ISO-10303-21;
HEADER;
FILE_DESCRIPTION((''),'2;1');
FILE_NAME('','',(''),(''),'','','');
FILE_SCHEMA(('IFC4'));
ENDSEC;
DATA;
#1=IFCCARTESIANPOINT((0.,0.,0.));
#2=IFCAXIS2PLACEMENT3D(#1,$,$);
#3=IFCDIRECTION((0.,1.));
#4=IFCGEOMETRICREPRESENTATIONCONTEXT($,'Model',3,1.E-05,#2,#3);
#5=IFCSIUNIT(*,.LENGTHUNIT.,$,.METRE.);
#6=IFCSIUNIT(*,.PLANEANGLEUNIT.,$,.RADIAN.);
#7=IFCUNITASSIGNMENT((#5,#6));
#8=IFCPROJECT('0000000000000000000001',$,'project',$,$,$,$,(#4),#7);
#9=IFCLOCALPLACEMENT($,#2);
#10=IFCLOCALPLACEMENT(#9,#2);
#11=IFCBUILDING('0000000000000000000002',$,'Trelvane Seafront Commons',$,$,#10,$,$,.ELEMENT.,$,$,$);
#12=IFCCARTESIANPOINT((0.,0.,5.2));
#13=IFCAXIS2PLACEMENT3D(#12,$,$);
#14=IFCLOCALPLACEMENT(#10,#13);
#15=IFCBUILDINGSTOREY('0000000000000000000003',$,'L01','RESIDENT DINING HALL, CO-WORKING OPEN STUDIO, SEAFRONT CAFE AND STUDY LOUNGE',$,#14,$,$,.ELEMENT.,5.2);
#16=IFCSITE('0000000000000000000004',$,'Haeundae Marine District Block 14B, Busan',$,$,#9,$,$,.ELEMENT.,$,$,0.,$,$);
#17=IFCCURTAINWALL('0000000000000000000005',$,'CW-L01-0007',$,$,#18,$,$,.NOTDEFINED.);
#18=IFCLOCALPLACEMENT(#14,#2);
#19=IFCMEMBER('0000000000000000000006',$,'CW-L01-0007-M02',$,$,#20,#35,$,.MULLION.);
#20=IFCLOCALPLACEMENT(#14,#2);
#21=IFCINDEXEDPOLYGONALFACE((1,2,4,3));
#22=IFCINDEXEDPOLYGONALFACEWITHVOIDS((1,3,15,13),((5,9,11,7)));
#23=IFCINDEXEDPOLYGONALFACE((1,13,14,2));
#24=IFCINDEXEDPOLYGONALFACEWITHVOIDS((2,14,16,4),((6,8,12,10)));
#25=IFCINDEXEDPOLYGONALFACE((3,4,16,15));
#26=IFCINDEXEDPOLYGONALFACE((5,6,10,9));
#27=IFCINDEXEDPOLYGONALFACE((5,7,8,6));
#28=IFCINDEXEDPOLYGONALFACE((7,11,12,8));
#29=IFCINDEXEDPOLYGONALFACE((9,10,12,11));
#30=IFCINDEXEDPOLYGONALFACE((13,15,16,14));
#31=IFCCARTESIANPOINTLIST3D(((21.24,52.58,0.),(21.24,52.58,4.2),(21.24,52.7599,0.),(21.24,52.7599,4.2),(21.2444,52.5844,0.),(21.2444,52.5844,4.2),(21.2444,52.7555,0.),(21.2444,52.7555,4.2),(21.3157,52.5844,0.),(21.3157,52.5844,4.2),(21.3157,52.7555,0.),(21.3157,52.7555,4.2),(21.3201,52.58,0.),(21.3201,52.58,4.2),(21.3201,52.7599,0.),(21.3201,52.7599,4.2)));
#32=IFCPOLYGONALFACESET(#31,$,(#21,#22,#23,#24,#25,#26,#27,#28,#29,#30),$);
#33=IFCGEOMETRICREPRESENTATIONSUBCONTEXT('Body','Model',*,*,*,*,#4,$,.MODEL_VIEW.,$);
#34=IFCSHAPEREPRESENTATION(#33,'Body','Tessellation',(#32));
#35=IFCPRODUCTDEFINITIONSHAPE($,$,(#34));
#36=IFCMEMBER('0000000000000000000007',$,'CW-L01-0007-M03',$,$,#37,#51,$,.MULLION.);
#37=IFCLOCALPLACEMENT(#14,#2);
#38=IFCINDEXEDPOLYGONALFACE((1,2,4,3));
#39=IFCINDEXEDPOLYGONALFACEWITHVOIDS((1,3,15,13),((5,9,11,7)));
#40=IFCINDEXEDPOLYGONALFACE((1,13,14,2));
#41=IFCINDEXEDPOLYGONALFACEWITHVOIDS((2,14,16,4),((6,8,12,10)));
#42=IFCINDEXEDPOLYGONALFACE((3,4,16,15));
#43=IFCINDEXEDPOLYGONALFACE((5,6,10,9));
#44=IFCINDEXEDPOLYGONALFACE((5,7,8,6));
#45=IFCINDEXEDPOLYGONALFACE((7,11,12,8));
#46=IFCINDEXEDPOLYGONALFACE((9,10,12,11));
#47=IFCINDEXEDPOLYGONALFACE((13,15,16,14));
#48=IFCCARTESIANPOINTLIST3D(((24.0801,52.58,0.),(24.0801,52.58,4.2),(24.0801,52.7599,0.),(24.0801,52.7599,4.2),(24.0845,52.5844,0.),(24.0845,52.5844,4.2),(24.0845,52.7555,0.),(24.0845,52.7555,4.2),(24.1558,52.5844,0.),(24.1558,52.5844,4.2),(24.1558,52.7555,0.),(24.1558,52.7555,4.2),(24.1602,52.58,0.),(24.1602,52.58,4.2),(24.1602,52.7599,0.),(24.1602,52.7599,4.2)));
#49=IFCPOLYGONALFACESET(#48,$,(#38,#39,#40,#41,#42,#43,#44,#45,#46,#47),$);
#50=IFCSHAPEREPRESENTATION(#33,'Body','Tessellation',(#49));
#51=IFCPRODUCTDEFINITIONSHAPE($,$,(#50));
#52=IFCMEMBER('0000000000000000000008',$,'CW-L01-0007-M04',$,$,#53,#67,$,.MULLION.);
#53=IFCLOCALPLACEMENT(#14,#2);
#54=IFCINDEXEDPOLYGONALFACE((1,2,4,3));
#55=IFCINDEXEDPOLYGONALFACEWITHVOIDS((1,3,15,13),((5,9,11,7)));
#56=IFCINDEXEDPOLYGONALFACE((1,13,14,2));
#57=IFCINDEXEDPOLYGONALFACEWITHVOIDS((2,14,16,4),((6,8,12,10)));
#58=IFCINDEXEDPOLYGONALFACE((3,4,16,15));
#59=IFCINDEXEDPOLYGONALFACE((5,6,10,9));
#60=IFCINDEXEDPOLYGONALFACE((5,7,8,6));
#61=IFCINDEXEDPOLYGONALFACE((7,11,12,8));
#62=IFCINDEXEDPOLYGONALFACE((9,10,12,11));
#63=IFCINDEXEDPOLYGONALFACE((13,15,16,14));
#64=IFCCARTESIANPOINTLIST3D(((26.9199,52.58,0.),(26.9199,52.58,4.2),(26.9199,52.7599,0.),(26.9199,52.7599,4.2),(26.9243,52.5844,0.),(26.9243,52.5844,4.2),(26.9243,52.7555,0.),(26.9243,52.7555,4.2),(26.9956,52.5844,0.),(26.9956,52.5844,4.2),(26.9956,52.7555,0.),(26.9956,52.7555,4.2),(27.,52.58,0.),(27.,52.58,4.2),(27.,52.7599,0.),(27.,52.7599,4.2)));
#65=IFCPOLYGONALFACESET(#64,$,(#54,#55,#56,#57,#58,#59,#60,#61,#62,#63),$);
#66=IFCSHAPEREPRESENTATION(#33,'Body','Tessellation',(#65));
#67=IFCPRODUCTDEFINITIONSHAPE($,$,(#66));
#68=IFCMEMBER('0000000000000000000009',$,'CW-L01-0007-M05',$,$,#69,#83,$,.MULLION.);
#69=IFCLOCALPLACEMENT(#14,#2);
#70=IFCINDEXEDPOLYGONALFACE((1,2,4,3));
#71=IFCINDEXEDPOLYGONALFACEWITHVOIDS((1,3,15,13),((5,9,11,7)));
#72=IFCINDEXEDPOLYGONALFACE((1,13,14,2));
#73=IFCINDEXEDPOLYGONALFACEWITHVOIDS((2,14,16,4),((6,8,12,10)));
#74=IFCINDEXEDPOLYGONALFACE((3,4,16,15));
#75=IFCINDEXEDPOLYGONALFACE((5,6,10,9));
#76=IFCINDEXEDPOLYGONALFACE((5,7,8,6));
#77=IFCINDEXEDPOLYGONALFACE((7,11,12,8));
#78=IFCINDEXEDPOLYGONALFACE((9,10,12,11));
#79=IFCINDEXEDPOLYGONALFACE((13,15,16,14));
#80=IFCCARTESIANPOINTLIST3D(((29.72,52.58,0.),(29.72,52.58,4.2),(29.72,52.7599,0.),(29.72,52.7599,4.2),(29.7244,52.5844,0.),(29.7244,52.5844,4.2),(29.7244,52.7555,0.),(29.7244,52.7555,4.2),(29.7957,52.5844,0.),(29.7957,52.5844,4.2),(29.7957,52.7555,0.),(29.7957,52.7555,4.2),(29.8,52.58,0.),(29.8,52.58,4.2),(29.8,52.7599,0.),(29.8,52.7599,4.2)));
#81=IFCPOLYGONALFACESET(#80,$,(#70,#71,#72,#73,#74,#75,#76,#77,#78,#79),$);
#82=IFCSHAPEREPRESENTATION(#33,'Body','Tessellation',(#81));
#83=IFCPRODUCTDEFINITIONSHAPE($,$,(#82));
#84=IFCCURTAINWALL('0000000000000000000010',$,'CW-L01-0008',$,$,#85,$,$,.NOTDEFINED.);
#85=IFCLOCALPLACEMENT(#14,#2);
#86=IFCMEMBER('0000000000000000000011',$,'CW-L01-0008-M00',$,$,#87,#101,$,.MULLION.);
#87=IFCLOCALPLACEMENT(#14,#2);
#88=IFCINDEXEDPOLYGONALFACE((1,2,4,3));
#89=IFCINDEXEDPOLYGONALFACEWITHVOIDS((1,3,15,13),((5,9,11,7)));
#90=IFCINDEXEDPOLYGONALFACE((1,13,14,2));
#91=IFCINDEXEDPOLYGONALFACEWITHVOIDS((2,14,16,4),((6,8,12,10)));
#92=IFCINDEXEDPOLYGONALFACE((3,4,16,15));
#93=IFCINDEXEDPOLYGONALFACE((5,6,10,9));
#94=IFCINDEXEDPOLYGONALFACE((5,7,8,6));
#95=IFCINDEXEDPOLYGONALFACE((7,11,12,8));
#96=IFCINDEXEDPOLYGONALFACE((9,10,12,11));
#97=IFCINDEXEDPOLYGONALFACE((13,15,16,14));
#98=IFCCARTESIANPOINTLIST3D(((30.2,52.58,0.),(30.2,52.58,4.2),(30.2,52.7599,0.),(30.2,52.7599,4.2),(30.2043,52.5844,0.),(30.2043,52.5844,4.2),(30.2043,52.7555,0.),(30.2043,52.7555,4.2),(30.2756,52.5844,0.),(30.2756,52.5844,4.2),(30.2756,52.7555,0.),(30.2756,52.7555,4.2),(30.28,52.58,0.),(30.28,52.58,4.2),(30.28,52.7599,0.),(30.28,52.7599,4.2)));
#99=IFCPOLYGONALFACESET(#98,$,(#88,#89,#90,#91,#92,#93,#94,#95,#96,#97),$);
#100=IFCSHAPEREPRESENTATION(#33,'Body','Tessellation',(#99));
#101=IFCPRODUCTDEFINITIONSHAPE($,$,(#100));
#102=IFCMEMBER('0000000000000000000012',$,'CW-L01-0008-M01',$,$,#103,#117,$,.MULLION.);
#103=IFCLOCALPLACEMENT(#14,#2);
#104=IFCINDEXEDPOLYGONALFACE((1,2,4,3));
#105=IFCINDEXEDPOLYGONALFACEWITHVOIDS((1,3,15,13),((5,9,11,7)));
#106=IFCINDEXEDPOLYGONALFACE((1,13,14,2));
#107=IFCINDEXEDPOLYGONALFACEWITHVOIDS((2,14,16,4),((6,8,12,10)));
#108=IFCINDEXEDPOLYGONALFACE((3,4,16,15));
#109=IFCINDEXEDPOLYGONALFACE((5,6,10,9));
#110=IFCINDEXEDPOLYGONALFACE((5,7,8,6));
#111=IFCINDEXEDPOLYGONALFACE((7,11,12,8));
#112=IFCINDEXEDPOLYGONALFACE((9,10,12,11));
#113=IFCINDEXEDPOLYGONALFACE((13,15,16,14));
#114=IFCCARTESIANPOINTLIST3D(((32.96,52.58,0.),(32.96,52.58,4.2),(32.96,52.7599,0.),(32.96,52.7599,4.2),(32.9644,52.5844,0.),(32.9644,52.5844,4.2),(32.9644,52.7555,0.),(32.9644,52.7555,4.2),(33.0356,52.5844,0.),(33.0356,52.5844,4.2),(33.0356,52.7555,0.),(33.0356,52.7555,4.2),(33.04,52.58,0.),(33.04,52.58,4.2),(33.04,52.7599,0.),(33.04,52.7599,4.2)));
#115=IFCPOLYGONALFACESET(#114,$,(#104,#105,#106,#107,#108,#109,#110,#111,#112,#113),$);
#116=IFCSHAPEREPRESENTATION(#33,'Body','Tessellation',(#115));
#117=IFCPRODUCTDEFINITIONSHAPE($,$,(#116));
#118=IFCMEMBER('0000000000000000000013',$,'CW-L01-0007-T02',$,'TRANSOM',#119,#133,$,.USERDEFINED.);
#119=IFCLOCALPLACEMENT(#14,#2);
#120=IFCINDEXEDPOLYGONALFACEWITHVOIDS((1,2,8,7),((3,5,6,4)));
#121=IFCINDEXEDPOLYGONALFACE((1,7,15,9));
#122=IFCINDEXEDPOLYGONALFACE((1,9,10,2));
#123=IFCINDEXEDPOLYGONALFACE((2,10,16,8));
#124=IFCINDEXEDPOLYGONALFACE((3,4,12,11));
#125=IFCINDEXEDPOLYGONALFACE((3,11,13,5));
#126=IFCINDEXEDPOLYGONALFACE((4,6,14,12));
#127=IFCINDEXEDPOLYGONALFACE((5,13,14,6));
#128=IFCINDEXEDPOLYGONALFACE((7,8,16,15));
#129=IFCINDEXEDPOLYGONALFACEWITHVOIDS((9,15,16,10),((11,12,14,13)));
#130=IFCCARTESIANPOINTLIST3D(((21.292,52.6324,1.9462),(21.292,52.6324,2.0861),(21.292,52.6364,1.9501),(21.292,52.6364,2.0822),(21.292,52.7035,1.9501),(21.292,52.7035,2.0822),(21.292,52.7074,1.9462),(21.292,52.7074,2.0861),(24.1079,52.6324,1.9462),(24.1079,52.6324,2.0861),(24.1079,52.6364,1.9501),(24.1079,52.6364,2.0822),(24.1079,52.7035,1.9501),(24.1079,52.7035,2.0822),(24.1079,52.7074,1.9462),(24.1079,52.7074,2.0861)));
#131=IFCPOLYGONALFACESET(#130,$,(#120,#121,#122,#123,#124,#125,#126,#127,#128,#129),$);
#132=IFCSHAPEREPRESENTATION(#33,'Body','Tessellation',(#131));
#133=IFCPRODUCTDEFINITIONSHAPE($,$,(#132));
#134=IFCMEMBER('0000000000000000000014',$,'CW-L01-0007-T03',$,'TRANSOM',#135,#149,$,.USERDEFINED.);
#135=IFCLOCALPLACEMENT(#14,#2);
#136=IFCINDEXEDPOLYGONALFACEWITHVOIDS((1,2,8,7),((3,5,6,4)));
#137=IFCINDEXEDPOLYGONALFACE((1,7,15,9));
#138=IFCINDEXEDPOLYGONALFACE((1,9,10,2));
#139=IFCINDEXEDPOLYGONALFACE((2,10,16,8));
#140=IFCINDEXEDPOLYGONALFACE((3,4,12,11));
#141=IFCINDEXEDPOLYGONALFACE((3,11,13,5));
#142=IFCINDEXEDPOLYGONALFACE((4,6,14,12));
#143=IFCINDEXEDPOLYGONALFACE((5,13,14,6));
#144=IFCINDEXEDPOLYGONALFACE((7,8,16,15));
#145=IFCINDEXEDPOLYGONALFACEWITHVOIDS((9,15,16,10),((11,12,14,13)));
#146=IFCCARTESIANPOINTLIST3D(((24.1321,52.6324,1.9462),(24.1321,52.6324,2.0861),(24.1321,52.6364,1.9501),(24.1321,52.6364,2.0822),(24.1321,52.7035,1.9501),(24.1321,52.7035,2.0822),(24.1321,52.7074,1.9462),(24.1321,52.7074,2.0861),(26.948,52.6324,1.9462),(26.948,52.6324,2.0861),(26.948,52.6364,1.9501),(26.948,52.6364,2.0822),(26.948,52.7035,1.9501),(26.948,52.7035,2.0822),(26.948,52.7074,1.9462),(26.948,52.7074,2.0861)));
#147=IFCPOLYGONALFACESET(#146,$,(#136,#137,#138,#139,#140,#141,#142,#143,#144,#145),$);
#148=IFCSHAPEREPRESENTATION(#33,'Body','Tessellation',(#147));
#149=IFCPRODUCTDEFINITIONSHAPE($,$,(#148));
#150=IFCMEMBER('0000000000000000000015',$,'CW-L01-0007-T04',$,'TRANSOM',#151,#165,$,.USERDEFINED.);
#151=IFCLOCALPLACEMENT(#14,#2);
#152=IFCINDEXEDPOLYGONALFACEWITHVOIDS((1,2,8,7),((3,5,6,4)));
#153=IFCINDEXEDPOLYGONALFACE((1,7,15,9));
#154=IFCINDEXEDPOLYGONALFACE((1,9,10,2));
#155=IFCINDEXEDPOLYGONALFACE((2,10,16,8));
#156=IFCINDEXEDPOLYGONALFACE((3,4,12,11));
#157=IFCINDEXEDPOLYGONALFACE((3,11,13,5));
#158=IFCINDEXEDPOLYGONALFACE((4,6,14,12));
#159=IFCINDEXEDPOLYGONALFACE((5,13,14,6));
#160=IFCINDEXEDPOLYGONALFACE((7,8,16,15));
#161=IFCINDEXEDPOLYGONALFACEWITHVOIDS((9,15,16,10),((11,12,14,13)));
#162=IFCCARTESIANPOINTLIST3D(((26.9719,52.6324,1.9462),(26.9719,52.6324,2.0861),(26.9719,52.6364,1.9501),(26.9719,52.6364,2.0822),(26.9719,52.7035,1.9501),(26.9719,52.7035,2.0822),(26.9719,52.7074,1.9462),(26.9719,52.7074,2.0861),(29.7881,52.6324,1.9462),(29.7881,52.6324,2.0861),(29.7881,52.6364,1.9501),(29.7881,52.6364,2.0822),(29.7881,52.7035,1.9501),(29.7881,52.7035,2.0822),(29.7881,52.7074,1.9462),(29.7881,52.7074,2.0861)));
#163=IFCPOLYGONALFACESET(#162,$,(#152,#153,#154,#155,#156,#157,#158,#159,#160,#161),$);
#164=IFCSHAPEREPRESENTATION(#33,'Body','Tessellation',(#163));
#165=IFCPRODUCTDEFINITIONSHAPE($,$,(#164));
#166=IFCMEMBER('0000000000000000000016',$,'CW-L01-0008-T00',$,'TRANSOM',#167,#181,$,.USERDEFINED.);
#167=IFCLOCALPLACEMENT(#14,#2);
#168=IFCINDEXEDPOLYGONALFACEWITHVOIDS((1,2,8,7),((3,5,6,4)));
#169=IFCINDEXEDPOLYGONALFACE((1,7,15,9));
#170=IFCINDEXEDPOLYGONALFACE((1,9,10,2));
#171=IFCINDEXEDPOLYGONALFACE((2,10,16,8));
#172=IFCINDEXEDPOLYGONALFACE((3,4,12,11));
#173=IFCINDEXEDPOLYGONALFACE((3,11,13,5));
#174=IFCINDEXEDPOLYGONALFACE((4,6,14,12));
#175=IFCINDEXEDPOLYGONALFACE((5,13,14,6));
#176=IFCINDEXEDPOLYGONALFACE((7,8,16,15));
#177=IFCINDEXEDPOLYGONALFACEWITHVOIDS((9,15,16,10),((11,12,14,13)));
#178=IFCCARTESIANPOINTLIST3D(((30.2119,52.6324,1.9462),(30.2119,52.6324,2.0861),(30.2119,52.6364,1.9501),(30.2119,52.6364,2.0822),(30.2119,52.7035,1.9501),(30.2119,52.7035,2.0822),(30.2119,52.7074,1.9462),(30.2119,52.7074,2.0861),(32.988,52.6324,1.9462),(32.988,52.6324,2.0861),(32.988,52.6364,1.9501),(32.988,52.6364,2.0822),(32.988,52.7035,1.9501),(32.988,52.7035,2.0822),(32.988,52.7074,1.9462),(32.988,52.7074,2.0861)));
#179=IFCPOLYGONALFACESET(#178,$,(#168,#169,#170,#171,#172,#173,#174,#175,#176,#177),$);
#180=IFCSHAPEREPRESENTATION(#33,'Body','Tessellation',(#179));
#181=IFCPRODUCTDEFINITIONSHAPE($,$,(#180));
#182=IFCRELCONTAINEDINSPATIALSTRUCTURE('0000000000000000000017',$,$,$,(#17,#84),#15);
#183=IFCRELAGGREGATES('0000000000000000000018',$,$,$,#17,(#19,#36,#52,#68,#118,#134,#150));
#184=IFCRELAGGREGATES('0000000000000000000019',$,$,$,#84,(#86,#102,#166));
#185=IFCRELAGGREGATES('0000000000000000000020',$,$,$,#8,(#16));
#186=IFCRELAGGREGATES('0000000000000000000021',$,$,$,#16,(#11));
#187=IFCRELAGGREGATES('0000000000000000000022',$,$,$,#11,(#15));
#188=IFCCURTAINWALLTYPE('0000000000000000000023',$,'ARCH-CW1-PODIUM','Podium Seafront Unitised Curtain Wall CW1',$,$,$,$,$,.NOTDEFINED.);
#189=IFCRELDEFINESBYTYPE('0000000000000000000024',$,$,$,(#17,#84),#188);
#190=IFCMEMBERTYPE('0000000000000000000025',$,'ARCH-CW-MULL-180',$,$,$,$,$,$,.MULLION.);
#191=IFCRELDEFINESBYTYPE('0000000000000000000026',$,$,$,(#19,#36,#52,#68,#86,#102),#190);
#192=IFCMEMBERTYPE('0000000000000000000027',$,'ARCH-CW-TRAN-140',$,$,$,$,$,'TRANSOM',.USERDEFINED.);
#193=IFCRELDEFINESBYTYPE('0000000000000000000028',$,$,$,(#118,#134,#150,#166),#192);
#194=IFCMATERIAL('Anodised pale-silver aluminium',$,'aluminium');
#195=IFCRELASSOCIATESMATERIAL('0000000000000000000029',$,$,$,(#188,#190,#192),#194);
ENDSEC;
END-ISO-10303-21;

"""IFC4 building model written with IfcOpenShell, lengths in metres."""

from ifc_helpers import new_model, si_unit, direction, frame, origin, origin_2d, place, context, subcontext, project, spatial, hollow_rectangle, extrude, source, transform, mapped, material, material_profile, profile_set, type_object, element, aggregate, save


model = new_model("IFC4")

# Units and contexts
model_context = context("Model", 3, precision=1e-05, world=origin(), true_north=direction((0.0, 1.0)))
body_context = subcontext(model_context, "Body", "Model", "MODEL_VIEW")
ifc_project = project(units=[si_unit("LENGTHUNIT", "METRE"), si_unit("PLANEANGLEUNIT", "RADIAN")], contexts=[model_context])

# Site, building, storey
site_placement = place(None, origin())
site = spatial("IfcSite", under=ifc_project, at=site_placement, Name="Haeundae Marine District Block 14B, Busan", CompositionType="ELEMENT", RefElevation=0.0)
building_placement = place(site_placement, origin())
building = spatial("IfcBuilding", under=site, at=building_placement, Name="Trelvane Seafront Commons", CompositionType="ELEMENT")
storey_placement = place(building_placement, frame((0.0, 0.0, 5.2)))
storey = spatial("IfcBuildingStorey", under=building, at=storey_placement, Name="L01", Description="RESIDENT DINING HALL, CO-WORKING OPEN STUDIO, SEAFRONT CAFE AND STUDY LOUNGE", CompositionType="ELEMENT", Elevation=5.2)

# Curtain walls, members
ifc_material_1 = material(Name="Anodised pale-silver aluminium", Category="aluminium")
curtain_wall_type = type_object("IfcCurtainWallType", Name="ARCH-CW1-PODIUM", Description="Podium Seafront Unitised Curtain Wall CW1", PredefinedType="NOTDEFINED", material=ifc_material_1)
curtain_wall_1_placement = place(storey_placement, origin())
curtain_wall_1 = element("IfcCurtainWall", 1, at=curtain_wall_1_placement, inside=storey, type_object=curtain_wall_type, Name="CW-L01-0007", PredefinedType="NOTDEFINED")
ifc_material_profile_1 = material_profile(ifc_material_1, hollow_rectangle(XDim=0.0801, YDim=0.1799, WallThickness=0.0044, at=origin_2d()), Name="MULL-80x180x4.5")
ifc_profile_set_1 = profile_set([ifc_material_profile_1], Name="Anodised pale-silver aluminium")
member_type_1 = type_object("IfcMemberType", Name="ARCH-CW-MULL-180", PredefinedType="MULLION", material=ifc_profile_set_1)
shared_shape_1 = source(origin(), body_context, "Body", "SweptSolid", [
    extrude(hollow_rectangle(XDim=0.0801, YDim=0.1799, WallThickness=0.0044, at=origin_2d()), origin(), (0.0, 0.0, 1.0), 4.2),
])
member_1_placement = place(storey_placement, frame((21.28, 52.6699, 0.0), z_axis=(0.0, 0.0, 1.0), x_axis=(1.0, 0.0, 0.0)))
member_1 = element("IfcMember", 2, at=member_1_placement, type_object=member_type_1, Name="CW-L01-0007-M02", PredefinedType="MULLION", context=body_context, shape_type="MappedRepresentation", body=[
    mapped(shared_shape_1, transform((0.0, 0.0, 0.0), x_axis=(1.0, 0.0, 0.0), y_axis=(0.0, 1.0, 0.0), z_axis=(0.0, 0.0, 1.0), scale=1.0)),
])
member_2_placement = place(storey_placement, frame((24.1201, 52.6699, 0.0), z_axis=(0.0, 0.0, 1.0), x_axis=(1.0, 0.0, 0.0)))
member_2 = element("IfcMember", 3, at=member_2_placement, type_object=member_type_1, Name="CW-L01-0007-M03", PredefinedType="MULLION", context=body_context, shape_type="MappedRepresentation", body=[
    mapped(shared_shape_1, transform((0.0, 0.0, 0.0), x_axis=(1.0, 0.0, 0.0), y_axis=(0.0, 1.0, 0.0), z_axis=(0.0, 0.0, 1.0), scale=1.0)),
])
member_3_placement = place(storey_placement, frame((26.96, 52.6699, 0.0), z_axis=(0.0, 0.0, 1.0), x_axis=(1.0, 0.0, 0.0)))
member_3 = element("IfcMember", 4, at=member_3_placement, type_object=member_type_1, Name="CW-L01-0007-M04", PredefinedType="MULLION", context=body_context, shape_type="MappedRepresentation", body=[
    mapped(shared_shape_1, transform((0.0, 0.0, 0.0), x_axis=(1.0, 0.0, 0.0), y_axis=(0.0, 1.0, 0.0), z_axis=(0.0, 0.0, 1.0), scale=1.0)),
])
member_4_placement = place(storey_placement, frame((29.76, 52.6699, 0.0), z_axis=(0.0, 0.0, 1.0), x_axis=(1.0, 0.0, 0.0)))
member_4 = element("IfcMember", 5, at=member_4_placement, type_object=member_type_1, Name="CW-L01-0007-M05", PredefinedType="MULLION", context=body_context, shape_type="MappedRepresentation", body=[
    mapped(shared_shape_1, transform((0.0, 0.0, 0.0), x_axis=(1.0, 0.0, 0.0), y_axis=(0.0, 1.0, 0.0), z_axis=(0.0, 0.0, 1.0), scale=1.0)),
])
curtain_wall_2_placement = place(storey_placement, origin())
curtain_wall_2 = element("IfcCurtainWall", 6, at=curtain_wall_2_placement, inside=storey, type_object=curtain_wall_type, Name="CW-L01-0008", PredefinedType="NOTDEFINED")
member_5_placement = place(storey_placement, frame((30.24, 52.6699, 0.0), z_axis=(0.0, 0.0, 1.0), x_axis=(1.0, 0.0, 0.0)))
member_5 = element("IfcMember", 7, at=member_5_placement, type_object=member_type_1, Name="CW-L01-0008-M00", PredefinedType="MULLION", context=body_context, shape_type="MappedRepresentation", body=[
    mapped(shared_shape_1, transform((0.0, 0.0, 0.0), x_axis=(1.0, 0.0, 0.0), y_axis=(0.0, 1.0, 0.0), z_axis=(0.0, 0.0, 1.0), scale=1.0)),
])
member_6_placement = place(storey_placement, frame((33.0, 52.6699, 0.0), z_axis=(0.0, 0.0, 1.0), x_axis=(1.0, 0.0, 0.0)))
member_6 = element("IfcMember", 8, at=member_6_placement, type_object=member_type_1, Name="CW-L01-0008-M01", PredefinedType="MULLION", context=body_context, shape_type="MappedRepresentation", body=[
    mapped(shared_shape_1, transform((0.0, 0.0, 0.0), x_axis=(1.0, 0.0, 0.0), y_axis=(0.0, 1.0, 0.0), z_axis=(0.0, 0.0, 1.0), scale=1.0)),
])

# Members
ifc_material_profile_2 = material_profile(ifc_material_1, hollow_rectangle(XDim=0.075, YDim=0.1399, WallThickness=0.0039, at=origin_2d()), Name="TRAN-75x140x4")
ifc_profile_set_2 = profile_set([ifc_material_profile_2], Name="Anodised pale-silver aluminium")
member_type_2 = type_object("IfcMemberType", Name="ARCH-CW-TRAN-140", ElementType="TRANSOM", PredefinedType="USERDEFINED", material=ifc_profile_set_2)
shared_shape_2 = source(origin(), body_context, "Body", "SweptSolid", [
    extrude(hollow_rectangle(XDim=0.075, YDim=0.1399, WallThickness=0.0039, at=origin_2d()), origin(), (0.0, 0.0, 1.0), 2.8159),
])
member_7_placement = place(storey_placement, frame((21.292, 52.6699, 2.0161), z_axis=(1.0, 0.0, 0.0), x_axis=(0.0, 1.0, 0.0)))
member_7 = element("IfcMember", 9, at=member_7_placement, type_object=member_type_2, Name="CW-L01-0007-T02", ObjectType="TRANSOM", PredefinedType="USERDEFINED", context=body_context, shape_type="MappedRepresentation", body=[
    mapped(shared_shape_2, transform((0.0, 0.0, 0.0), x_axis=(1.0, 0.0, 0.0), y_axis=(0.0, 1.0, 0.0), z_axis=(0.0, 0.0, 1.0), scale=1.0)),
])
member_8_placement = place(storey_placement, frame((24.1321, 52.6699, 2.0161), z_axis=(1.0, 0.0, 0.0), x_axis=(0.0, 1.0, 0.0)))
member_8 = element("IfcMember", 10, at=member_8_placement, type_object=member_type_2, Name="CW-L01-0007-T03", ObjectType="TRANSOM", PredefinedType="USERDEFINED", context=body_context, shape_type="MappedRepresentation", body=[
    mapped(shared_shape_2, transform((0.0, 0.0, 0.0), x_axis=(1.0, 0.0, 0.0), y_axis=(0.0, 1.0, 0.0), z_axis=(0.0, 0.0, 1.0), scale=1.0)),
])
shared_shape_3 = source(origin(), body_context, "Body", "SweptSolid", [
    extrude(hollow_rectangle(XDim=0.075, YDim=0.1399, WallThickness=0.0039, at=origin_2d()), origin(), (0.0, 0.0, 1.0), 2.8162),
])
member_9_placement = place(storey_placement, frame((26.9719, 52.6699, 2.0161), z_axis=(1.0, 0.0, 0.0), x_axis=(0.0, 1.0, 0.0)))
member_9 = element("IfcMember", 11, at=member_9_placement, type_object=member_type_2, Name="CW-L01-0007-T04", ObjectType="TRANSOM", PredefinedType="USERDEFINED", context=body_context, shape_type="MappedRepresentation", body=[
    mapped(shared_shape_3, transform((0.0, 0.0, 0.0), x_axis=(1.0, 0.0, 0.0), y_axis=(0.0, 1.0, 0.0), z_axis=(0.0, 0.0, 1.0), scale=1.0)),
])
shared_shape_4 = source(origin(), body_context, "Body", "SweptSolid", [
    extrude(hollow_rectangle(XDim=0.075, YDim=0.1399, WallThickness=0.0039, at=origin_2d()), origin(), (0.0, 0.0, 1.0), 2.7761),
])
member_10_placement = place(storey_placement, frame((30.2119, 52.6699, 2.0161), z_axis=(1.0, 0.0, 0.0), x_axis=(0.0, 1.0, 0.0)))
member_10 = element("IfcMember", 12, at=member_10_placement, type_object=member_type_2, Name="CW-L01-0008-T00", ObjectType="TRANSOM", PredefinedType="USERDEFINED", context=body_context, shape_type="MappedRepresentation", body=[
    mapped(shared_shape_4, transform((0.0, 0.0, 0.0), x_axis=(1.0, 0.0, 0.0), y_axis=(0.0, 1.0, 0.0), z_axis=(0.0, 0.0, 1.0), scale=1.0)),
])

aggregate(curtain_wall_1, [member_1, member_2, member_3, member_4, member_7, member_8, member_9])
aggregate(curtain_wall_2, [member_5, member_6, member_10])

save(model, "model.ifc")
